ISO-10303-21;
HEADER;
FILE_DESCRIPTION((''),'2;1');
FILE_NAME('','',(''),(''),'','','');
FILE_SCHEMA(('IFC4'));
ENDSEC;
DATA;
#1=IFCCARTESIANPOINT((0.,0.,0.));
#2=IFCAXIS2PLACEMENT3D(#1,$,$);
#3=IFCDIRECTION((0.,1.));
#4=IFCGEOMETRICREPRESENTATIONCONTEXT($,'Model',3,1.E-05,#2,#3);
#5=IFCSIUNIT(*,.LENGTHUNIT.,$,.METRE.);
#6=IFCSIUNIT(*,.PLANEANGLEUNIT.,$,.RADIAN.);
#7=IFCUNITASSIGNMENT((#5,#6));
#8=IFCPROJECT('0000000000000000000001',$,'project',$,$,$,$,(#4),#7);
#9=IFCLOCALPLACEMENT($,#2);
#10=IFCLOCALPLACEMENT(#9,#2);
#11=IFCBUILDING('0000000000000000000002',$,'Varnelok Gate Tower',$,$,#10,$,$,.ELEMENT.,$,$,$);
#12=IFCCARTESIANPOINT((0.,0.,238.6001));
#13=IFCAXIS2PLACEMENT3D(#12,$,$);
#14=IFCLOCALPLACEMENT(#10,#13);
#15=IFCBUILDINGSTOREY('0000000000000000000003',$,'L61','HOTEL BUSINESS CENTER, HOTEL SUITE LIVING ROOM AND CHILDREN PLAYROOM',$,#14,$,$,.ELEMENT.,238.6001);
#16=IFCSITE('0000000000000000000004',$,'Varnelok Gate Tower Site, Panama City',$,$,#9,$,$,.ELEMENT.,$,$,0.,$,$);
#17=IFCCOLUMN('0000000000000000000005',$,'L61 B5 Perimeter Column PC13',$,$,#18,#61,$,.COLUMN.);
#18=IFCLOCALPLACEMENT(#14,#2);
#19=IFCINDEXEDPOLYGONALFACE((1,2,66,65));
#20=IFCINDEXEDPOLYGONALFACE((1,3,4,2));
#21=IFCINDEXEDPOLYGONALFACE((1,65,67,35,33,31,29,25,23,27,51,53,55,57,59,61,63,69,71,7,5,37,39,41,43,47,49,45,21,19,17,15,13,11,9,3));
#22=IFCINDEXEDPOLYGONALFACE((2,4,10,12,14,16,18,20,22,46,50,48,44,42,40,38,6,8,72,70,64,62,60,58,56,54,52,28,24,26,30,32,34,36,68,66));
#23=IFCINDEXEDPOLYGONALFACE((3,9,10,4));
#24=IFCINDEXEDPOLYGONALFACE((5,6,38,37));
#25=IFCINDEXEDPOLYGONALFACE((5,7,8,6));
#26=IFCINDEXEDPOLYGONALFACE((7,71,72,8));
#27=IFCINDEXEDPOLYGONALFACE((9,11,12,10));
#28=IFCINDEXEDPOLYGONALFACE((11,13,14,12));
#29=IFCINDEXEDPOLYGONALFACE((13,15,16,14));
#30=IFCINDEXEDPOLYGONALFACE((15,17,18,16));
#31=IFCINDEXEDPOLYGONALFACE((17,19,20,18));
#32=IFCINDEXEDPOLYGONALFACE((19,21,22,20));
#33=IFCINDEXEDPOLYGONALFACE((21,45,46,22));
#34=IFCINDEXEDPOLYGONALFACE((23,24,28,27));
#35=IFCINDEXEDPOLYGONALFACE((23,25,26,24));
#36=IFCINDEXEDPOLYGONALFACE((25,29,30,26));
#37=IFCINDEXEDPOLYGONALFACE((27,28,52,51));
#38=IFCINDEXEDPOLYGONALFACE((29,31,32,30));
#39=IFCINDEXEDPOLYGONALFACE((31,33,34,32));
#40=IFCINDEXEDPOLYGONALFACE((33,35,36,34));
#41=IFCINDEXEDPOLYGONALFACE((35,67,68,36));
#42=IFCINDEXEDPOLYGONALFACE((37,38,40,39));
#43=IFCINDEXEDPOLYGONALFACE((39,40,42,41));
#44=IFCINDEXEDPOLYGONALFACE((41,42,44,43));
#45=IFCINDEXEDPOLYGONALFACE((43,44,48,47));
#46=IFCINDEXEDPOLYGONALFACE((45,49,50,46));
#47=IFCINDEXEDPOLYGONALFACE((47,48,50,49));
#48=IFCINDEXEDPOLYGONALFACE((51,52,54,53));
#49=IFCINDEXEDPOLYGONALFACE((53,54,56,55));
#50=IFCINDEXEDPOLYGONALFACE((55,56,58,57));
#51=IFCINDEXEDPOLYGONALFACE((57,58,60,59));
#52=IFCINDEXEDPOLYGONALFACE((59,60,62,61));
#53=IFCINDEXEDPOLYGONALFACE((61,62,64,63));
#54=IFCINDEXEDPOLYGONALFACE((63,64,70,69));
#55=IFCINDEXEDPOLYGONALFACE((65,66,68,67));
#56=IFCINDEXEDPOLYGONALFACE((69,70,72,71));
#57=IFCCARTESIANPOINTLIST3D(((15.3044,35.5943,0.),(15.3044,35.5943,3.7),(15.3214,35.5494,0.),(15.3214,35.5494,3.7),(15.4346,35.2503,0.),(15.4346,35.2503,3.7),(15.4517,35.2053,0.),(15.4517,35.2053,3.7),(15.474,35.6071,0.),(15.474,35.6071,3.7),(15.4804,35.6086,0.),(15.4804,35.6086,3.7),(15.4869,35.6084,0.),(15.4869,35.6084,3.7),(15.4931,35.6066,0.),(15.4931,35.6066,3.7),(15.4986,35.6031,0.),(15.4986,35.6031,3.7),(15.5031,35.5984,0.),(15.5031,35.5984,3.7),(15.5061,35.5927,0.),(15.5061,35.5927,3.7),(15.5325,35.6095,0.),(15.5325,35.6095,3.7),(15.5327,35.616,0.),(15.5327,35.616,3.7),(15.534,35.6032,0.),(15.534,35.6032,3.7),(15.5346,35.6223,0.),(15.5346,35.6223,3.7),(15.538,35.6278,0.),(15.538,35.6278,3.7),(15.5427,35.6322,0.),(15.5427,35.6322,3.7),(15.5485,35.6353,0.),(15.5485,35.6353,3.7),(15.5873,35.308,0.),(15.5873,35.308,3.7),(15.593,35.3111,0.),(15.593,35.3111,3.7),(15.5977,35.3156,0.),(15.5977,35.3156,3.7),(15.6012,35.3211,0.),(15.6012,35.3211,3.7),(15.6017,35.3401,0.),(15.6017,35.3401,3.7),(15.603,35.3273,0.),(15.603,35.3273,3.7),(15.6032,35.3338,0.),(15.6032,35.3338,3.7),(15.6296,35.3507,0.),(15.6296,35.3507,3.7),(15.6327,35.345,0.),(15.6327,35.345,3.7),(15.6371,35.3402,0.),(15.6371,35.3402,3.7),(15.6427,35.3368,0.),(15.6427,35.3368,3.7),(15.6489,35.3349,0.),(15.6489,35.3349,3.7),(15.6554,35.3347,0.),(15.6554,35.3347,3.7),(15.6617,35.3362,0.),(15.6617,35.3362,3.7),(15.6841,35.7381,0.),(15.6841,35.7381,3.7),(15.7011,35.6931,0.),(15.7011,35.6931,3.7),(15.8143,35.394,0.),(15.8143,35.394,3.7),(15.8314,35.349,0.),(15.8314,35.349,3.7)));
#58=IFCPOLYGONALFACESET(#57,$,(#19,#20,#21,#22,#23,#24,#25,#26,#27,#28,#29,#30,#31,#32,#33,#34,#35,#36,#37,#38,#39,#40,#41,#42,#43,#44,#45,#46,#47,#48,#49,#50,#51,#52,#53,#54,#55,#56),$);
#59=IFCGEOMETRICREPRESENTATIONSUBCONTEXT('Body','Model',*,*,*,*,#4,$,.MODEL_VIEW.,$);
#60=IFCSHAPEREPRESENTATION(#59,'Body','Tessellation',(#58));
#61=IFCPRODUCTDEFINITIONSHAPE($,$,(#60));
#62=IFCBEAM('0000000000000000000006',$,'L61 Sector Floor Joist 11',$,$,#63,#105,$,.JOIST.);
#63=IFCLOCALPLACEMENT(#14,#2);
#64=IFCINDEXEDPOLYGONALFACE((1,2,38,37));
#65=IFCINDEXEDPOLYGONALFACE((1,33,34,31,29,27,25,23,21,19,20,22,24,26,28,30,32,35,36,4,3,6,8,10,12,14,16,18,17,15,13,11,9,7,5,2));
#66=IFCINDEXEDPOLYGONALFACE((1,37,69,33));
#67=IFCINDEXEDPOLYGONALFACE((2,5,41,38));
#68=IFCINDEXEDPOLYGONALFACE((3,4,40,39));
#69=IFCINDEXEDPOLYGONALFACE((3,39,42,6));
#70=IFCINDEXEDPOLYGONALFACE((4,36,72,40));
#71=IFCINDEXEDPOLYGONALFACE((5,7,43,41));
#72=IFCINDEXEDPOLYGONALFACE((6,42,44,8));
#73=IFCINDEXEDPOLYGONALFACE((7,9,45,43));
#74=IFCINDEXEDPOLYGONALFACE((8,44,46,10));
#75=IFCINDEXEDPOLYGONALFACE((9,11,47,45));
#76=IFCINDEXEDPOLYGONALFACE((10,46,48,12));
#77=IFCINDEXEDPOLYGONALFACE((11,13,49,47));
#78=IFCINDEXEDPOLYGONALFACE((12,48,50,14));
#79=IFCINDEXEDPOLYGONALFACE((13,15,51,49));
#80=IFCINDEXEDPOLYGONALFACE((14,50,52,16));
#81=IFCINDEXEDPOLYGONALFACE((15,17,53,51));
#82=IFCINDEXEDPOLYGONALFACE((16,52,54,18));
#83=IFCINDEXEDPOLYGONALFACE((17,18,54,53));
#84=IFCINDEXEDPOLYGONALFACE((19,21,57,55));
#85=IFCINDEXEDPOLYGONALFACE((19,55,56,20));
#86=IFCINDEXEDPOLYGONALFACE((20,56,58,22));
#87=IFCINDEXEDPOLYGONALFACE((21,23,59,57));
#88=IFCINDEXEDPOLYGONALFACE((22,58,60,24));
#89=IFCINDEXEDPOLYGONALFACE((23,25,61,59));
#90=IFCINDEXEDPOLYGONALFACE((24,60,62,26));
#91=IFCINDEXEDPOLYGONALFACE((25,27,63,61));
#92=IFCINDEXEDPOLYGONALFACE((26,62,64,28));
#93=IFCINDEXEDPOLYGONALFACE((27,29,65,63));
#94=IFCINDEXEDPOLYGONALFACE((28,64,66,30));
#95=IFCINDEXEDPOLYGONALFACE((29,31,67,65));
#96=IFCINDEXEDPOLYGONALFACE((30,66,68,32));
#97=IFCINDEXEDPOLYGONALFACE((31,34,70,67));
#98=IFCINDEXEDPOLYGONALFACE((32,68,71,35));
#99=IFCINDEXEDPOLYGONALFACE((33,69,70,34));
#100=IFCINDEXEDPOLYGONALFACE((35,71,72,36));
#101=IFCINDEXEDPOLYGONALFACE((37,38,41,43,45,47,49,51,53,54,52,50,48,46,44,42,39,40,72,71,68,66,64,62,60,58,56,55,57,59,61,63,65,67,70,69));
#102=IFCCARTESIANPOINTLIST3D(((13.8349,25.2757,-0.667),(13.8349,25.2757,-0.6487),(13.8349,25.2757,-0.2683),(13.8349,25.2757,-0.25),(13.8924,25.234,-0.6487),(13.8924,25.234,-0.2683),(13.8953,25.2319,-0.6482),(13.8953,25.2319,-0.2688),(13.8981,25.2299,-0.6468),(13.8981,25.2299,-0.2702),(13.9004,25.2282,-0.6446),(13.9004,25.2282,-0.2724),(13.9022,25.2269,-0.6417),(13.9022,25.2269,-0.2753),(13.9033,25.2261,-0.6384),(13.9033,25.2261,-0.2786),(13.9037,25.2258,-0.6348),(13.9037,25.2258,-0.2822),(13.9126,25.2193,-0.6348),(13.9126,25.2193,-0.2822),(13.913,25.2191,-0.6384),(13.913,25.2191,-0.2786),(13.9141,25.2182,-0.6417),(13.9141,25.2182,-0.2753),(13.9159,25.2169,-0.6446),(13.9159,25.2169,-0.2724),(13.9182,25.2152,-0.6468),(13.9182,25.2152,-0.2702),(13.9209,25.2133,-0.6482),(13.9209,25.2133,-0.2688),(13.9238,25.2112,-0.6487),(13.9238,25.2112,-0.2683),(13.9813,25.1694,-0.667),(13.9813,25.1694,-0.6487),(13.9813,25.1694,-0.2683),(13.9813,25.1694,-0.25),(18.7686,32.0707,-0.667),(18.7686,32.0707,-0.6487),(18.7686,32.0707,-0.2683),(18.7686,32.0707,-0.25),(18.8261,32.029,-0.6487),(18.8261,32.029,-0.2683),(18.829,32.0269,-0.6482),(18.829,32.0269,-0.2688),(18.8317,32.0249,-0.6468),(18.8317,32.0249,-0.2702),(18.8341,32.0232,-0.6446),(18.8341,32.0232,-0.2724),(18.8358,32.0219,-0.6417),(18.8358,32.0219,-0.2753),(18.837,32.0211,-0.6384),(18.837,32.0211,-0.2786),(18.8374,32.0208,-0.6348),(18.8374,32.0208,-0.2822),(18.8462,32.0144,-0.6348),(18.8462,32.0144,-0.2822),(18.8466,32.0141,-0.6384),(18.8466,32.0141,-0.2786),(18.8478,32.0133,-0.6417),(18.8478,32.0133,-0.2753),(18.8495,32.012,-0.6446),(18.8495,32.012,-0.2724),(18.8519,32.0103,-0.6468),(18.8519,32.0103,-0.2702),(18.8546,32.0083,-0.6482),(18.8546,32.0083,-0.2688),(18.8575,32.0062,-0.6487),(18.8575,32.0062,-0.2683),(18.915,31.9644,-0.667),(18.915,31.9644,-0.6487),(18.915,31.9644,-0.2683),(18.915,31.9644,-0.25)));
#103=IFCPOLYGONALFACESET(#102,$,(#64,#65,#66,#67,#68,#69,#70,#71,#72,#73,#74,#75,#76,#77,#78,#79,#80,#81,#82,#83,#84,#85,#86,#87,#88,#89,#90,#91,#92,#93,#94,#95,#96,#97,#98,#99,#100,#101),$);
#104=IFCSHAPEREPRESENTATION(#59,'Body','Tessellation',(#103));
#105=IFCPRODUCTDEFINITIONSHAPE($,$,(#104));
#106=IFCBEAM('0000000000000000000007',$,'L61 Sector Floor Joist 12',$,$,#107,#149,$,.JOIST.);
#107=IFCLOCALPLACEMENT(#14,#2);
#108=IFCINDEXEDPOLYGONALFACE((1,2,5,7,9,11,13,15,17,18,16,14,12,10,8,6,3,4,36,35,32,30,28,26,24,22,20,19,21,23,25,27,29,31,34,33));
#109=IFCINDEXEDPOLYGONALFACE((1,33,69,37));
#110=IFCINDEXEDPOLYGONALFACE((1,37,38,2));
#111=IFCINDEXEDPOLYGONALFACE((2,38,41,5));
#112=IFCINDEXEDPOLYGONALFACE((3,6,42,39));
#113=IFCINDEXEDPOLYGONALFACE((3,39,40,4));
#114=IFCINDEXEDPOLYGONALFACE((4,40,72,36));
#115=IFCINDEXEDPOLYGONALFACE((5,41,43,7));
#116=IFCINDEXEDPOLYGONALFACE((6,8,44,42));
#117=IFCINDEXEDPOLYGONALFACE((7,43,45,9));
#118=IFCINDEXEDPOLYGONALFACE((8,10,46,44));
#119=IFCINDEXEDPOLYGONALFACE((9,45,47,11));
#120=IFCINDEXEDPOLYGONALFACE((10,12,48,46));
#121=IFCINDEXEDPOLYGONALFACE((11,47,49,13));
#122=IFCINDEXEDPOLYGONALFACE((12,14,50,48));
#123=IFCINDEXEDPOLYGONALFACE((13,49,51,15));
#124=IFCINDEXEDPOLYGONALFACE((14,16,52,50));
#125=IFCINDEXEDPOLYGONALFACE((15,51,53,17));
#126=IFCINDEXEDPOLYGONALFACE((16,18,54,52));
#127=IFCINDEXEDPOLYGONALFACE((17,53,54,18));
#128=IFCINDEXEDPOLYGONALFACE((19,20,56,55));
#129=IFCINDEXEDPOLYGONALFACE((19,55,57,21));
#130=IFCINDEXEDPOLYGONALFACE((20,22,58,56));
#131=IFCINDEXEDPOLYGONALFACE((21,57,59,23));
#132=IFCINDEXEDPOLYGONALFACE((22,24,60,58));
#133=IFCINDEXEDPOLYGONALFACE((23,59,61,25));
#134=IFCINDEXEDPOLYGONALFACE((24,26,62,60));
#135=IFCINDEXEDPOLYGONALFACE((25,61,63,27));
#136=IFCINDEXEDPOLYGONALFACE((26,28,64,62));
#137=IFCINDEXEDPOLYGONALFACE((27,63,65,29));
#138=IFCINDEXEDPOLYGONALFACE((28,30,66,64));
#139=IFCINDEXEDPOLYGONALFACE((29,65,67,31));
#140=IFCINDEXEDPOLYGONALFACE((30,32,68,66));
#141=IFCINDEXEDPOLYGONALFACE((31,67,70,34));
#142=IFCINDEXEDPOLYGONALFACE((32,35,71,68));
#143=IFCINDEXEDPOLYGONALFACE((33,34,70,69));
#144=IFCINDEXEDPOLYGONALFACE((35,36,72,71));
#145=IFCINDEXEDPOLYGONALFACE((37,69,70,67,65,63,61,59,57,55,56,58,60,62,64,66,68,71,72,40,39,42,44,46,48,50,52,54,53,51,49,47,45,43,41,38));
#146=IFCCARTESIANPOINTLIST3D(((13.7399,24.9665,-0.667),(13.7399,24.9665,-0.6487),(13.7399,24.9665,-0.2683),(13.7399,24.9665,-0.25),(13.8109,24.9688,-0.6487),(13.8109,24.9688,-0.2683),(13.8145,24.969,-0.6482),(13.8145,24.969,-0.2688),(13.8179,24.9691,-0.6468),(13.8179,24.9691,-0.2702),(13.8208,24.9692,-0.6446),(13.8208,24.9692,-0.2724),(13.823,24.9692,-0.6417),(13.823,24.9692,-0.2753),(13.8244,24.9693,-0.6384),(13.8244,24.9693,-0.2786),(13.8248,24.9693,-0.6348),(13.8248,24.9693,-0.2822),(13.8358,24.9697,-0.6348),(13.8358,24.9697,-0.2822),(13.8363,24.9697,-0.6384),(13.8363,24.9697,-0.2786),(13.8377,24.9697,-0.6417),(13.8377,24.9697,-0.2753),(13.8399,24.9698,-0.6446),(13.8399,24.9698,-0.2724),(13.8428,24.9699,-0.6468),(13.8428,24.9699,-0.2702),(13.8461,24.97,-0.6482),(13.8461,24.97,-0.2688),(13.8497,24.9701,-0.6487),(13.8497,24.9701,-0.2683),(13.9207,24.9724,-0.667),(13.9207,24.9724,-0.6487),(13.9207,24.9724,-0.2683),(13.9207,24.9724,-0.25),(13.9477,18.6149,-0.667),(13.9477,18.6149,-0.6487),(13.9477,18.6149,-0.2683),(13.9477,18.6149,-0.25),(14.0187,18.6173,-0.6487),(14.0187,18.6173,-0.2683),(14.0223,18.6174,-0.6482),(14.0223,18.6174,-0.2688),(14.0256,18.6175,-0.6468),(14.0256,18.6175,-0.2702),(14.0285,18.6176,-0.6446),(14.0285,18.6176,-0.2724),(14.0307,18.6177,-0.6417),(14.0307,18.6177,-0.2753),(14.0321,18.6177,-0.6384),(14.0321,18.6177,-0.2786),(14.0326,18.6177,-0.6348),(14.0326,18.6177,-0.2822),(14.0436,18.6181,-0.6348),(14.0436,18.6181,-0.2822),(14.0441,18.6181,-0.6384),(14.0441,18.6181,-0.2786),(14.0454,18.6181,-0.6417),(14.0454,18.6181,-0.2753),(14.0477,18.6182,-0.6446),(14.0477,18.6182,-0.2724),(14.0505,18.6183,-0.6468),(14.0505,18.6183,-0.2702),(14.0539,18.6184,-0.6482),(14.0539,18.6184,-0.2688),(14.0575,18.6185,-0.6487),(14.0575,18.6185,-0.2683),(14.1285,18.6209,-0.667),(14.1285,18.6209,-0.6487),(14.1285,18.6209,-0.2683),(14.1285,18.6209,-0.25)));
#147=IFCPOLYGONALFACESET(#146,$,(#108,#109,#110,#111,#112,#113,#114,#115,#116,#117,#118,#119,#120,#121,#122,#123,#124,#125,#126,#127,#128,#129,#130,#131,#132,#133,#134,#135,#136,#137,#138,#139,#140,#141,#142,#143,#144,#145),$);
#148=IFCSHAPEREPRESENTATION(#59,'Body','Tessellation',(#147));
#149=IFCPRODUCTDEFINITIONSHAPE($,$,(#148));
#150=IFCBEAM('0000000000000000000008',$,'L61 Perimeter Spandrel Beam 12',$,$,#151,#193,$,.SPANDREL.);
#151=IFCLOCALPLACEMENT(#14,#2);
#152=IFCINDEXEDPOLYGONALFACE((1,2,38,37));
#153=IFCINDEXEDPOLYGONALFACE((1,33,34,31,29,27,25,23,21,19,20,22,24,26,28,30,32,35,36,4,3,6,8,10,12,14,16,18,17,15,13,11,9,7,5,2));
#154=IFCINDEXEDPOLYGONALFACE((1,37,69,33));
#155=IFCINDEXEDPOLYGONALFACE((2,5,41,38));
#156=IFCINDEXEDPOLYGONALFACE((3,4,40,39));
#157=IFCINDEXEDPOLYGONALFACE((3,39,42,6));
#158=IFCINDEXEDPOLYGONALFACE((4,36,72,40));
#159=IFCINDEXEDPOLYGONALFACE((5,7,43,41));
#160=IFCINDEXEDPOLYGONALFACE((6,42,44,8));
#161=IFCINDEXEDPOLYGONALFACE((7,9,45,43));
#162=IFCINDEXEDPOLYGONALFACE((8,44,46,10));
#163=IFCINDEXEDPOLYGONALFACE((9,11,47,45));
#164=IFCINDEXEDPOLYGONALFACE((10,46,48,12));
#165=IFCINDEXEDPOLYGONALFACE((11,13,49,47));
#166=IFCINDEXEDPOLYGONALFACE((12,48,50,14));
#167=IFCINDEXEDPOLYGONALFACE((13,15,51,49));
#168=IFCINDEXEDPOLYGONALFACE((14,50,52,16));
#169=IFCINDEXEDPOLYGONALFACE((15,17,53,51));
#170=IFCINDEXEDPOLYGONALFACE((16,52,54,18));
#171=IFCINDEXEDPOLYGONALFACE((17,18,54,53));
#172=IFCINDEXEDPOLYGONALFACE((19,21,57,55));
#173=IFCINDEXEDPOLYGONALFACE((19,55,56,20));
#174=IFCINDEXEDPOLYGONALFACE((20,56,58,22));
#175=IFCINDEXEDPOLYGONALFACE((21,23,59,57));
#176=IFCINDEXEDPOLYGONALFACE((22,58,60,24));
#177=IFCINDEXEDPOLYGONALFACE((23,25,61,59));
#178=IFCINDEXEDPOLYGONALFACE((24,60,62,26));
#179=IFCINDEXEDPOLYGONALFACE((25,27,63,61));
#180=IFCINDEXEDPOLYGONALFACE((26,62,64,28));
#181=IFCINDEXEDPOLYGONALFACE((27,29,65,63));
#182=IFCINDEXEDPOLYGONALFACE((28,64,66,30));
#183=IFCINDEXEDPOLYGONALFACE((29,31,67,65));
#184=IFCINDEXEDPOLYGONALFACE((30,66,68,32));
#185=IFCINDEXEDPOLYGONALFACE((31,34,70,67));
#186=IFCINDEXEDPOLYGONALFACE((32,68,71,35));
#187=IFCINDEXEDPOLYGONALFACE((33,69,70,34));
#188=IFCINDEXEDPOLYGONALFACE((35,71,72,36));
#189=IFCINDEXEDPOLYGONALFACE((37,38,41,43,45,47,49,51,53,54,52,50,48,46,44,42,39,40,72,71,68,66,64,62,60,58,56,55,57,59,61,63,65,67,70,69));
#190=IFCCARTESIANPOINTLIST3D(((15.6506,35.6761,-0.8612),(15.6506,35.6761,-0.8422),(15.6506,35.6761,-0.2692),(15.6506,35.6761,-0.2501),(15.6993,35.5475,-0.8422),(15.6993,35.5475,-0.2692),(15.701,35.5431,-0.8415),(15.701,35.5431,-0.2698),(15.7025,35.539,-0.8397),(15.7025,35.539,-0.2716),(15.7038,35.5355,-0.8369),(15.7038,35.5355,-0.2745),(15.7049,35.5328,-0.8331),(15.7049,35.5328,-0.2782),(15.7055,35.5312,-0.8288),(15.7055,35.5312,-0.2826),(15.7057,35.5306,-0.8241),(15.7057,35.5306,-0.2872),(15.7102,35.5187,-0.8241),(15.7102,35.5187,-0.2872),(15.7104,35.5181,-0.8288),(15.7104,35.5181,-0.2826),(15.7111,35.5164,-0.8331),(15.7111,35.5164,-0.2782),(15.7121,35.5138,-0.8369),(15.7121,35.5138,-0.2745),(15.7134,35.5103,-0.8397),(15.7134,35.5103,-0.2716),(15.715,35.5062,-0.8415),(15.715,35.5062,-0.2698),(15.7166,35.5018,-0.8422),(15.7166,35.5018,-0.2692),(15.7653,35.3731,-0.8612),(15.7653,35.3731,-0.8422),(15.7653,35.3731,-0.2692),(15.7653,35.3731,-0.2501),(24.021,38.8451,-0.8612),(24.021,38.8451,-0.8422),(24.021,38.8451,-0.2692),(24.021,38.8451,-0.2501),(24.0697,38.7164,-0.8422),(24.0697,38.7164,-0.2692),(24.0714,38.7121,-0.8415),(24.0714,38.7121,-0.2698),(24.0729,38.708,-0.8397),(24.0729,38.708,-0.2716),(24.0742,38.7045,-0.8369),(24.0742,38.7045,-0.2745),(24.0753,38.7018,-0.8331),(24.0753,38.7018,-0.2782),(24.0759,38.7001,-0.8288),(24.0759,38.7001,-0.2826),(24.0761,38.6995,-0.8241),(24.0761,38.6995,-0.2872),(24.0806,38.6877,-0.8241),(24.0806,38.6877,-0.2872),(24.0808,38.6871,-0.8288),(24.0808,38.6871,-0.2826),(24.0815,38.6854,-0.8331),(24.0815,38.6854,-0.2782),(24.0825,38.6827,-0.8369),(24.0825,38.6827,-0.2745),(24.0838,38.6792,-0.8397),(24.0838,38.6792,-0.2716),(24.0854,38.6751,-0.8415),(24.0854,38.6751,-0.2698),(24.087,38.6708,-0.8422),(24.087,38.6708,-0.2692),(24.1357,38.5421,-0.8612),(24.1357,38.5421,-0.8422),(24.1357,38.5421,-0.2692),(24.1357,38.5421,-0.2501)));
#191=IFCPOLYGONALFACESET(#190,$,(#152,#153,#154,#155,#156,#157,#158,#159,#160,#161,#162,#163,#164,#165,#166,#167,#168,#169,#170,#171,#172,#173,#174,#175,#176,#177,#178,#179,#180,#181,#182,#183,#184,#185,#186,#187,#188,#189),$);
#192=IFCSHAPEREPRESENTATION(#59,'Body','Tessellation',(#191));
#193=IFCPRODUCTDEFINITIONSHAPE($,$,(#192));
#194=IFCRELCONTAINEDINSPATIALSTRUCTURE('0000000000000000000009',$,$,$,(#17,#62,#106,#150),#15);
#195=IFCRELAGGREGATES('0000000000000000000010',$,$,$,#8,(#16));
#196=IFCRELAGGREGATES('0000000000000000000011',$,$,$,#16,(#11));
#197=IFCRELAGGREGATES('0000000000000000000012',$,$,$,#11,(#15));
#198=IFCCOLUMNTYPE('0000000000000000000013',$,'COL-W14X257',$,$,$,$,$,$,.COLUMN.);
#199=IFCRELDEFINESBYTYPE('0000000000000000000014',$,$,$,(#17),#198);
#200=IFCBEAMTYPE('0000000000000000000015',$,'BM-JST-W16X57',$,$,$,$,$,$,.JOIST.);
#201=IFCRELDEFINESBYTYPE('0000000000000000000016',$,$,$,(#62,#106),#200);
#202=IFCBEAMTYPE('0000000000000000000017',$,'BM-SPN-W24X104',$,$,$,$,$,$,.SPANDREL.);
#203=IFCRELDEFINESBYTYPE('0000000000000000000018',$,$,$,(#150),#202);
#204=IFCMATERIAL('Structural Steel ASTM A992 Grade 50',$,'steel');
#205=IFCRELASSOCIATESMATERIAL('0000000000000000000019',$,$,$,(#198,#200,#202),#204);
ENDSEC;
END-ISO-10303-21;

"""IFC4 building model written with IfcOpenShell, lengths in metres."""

from ifc_helpers import new_model, si_unit, direction, frame, origin, origin_2d, place, context, subcontext, project, spatial, i_section, extrude, material, material_profile, profile_set, type_object, element, save


model = new_model("IFC4")

# Units and contexts
model_context = context("Model", 3, precision=1e-05, world=origin(), true_north=direction((0.0, 1.0)))
body_context = subcontext(model_context, "Body", "Model", "MODEL_VIEW")
ifc_project = project(units=[si_unit("LENGTHUNIT", "METRE"), si_unit("PLANEANGLEUNIT", "RADIAN")], contexts=[model_context])

# Site, building, storey
site_placement = place(None, origin())
site = spatial("IfcSite", under=ifc_project, at=site_placement, Name="Varnelok Gate Tower Site, Panama City", CompositionType="ELEMENT", RefElevation=0.0)
building_placement = place(site_placement, origin())
building = spatial("IfcBuilding", under=site, at=building_placement, Name="Varnelok Gate Tower", CompositionType="ELEMENT")
storey_placement = place(building_placement, frame((0.0, 0.0, 238.6001)))
storey = spatial("IfcBuildingStorey", under=building, at=storey_placement, Name="L61", Description="HOTEL BUSINESS CENTER, HOTEL SUITE LIVING ROOM AND CHILDREN PLAYROOM", CompositionType="ELEMENT", Elevation=238.6001)

# Column
ifc_material_1 = material(Name="Structural Steel ASTM A992 Grade 50", Category="steel")
ifc_material_profile_1 = material_profile(ifc_material_1, i_section(OverallWidth=0.406, OverallDepth=0.416, WebThickness=0.0298, FlangeThickness=0.0481, FilletRadius=0.0249, at=origin_2d()), Name="W14X257")
ifc_profile_set_1 = profile_set([ifc_material_profile_1], Name="Structural Steel ASTM A992 Grade 50")
column_type = type_object("IfcColumnType", Name="COL-W14X257", PredefinedType="COLUMN", material=ifc_profile_set_1)
column_placement = place(storey_placement, frame((15.5679, 35.4717, 0.0), z_axis=(0.0, 0.0, 1.0), x_axis=(0.935222, 0.354063, 0.0)))
element("IfcColumn", 1, at=column_placement, inside=storey, type_object=column_type, Name="L61 B5 Perimeter Column PC13", PredefinedType="COLUMN", context=body_context, shape_type="SweptSolid", body=[
    extrude(i_section(OverallWidth=0.406, OverallDepth=0.416, WebThickness=0.0298, FlangeThickness=0.0481, FilletRadius=0.0249, at=origin_2d()), origin(), (0.0, 0.0, 1.0), 3.7),
])

# Beams
ifc_material_profile_2 = material_profile(ifc_material_1, i_section(OverallWidth=0.1809, OverallDepth=0.417, WebThickness=0.011, FlangeThickness=0.0183, FilletRadius=0.0139, at=origin_2d()), Name="W16X57")
ifc_profile_set_2 = profile_set([ifc_material_profile_2], Name="Structural Steel ASTM A992 Grade 50")
beam_type_1 = type_object("IfcBeamType", Name="BM-JST-W16X57", PredefinedType="JOIST", material=ifc_profile_set_2)
beam_1_placement = place(storey_placement, frame((18.8418, 32.0176, -0.4585), z_axis=(-0.587535, -0.809199, 0.0), x_axis=(0.809199, -0.587535, 0.0)))
element("IfcBeam", 2, at=beam_1_placement, inside=storey, type_object=beam_type_1, Name="L61 Sector Floor Joist 11", PredefinedType="JOIST", context=body_context, shape_type="SweptSolid", body=[
    extrude(i_section(OverallWidth=0.1809, OverallDepth=0.417, WebThickness=0.011, FlangeThickness=0.0183, FilletRadius=0.0139, at=origin_2d()), origin(), (0.0, 0.0, 1.0), 8.3972),
])
beam_2_placement = place(storey_placement, frame((13.8303, 24.9695, -0.4585), z_axis=(0.032693, -0.999465, 0.0), x_axis=(0.999465, 0.032693, 0.0)))
element("IfcBeam", 3, at=beam_2_placement, inside=storey, type_object=beam_type_1, Name="L61 Sector Floor Joist 12", PredefinedType="JOIST", context=body_context, shape_type="SweptSolid", body=[
    extrude(i_section(OverallWidth=0.1809, OverallDepth=0.417, WebThickness=0.011, FlangeThickness=0.0183, FilletRadius=0.0139, at=origin_2d()), origin(), (0.0, 0.0, 1.0), 6.355),
])
ifc_material_profile_3 = material_profile(ifc_material_1, i_section(OverallWidth=0.324, OverallDepth=0.6111, WebThickness=0.0127, FlangeThickness=0.019, FilletRadius=0.0181, at=origin_2d()), Name="W24X104")
ifc_profile_set_3 = profile_set([ifc_material_profile_3], Name="Structural Steel ASTM A992 Grade 50")
beam_type_2 = type_object("IfcBeamType", Name="BM-SPN-W24X104", PredefinedType="SPANDREL", material=ifc_profile_set_3)
beam_3_placement = place(storey_placement, frame((24.0784, 38.6936, -0.5557), z_axis=(-0.93522, -0.354066, 0.0), x_axis=(0.354066, -0.93522, 0.0)))
element("IfcBeam", 4, at=beam_3_placement, inside=storey, type_object=beam_type_2, Name="L61 Perimeter Spandrel Beam 12", PredefinedType="SPANDREL", context=body_context, shape_type="SweptSolid", body=[
    extrude(i_section(OverallWidth=0.324, OverallDepth=0.6111, WebThickness=0.0127, FlangeThickness=0.019, FilletRadius=0.0181, at=origin_2d()), origin(), (0.0, 0.0, 1.0), 8.9502),
])

save(model, "model.ifc")
